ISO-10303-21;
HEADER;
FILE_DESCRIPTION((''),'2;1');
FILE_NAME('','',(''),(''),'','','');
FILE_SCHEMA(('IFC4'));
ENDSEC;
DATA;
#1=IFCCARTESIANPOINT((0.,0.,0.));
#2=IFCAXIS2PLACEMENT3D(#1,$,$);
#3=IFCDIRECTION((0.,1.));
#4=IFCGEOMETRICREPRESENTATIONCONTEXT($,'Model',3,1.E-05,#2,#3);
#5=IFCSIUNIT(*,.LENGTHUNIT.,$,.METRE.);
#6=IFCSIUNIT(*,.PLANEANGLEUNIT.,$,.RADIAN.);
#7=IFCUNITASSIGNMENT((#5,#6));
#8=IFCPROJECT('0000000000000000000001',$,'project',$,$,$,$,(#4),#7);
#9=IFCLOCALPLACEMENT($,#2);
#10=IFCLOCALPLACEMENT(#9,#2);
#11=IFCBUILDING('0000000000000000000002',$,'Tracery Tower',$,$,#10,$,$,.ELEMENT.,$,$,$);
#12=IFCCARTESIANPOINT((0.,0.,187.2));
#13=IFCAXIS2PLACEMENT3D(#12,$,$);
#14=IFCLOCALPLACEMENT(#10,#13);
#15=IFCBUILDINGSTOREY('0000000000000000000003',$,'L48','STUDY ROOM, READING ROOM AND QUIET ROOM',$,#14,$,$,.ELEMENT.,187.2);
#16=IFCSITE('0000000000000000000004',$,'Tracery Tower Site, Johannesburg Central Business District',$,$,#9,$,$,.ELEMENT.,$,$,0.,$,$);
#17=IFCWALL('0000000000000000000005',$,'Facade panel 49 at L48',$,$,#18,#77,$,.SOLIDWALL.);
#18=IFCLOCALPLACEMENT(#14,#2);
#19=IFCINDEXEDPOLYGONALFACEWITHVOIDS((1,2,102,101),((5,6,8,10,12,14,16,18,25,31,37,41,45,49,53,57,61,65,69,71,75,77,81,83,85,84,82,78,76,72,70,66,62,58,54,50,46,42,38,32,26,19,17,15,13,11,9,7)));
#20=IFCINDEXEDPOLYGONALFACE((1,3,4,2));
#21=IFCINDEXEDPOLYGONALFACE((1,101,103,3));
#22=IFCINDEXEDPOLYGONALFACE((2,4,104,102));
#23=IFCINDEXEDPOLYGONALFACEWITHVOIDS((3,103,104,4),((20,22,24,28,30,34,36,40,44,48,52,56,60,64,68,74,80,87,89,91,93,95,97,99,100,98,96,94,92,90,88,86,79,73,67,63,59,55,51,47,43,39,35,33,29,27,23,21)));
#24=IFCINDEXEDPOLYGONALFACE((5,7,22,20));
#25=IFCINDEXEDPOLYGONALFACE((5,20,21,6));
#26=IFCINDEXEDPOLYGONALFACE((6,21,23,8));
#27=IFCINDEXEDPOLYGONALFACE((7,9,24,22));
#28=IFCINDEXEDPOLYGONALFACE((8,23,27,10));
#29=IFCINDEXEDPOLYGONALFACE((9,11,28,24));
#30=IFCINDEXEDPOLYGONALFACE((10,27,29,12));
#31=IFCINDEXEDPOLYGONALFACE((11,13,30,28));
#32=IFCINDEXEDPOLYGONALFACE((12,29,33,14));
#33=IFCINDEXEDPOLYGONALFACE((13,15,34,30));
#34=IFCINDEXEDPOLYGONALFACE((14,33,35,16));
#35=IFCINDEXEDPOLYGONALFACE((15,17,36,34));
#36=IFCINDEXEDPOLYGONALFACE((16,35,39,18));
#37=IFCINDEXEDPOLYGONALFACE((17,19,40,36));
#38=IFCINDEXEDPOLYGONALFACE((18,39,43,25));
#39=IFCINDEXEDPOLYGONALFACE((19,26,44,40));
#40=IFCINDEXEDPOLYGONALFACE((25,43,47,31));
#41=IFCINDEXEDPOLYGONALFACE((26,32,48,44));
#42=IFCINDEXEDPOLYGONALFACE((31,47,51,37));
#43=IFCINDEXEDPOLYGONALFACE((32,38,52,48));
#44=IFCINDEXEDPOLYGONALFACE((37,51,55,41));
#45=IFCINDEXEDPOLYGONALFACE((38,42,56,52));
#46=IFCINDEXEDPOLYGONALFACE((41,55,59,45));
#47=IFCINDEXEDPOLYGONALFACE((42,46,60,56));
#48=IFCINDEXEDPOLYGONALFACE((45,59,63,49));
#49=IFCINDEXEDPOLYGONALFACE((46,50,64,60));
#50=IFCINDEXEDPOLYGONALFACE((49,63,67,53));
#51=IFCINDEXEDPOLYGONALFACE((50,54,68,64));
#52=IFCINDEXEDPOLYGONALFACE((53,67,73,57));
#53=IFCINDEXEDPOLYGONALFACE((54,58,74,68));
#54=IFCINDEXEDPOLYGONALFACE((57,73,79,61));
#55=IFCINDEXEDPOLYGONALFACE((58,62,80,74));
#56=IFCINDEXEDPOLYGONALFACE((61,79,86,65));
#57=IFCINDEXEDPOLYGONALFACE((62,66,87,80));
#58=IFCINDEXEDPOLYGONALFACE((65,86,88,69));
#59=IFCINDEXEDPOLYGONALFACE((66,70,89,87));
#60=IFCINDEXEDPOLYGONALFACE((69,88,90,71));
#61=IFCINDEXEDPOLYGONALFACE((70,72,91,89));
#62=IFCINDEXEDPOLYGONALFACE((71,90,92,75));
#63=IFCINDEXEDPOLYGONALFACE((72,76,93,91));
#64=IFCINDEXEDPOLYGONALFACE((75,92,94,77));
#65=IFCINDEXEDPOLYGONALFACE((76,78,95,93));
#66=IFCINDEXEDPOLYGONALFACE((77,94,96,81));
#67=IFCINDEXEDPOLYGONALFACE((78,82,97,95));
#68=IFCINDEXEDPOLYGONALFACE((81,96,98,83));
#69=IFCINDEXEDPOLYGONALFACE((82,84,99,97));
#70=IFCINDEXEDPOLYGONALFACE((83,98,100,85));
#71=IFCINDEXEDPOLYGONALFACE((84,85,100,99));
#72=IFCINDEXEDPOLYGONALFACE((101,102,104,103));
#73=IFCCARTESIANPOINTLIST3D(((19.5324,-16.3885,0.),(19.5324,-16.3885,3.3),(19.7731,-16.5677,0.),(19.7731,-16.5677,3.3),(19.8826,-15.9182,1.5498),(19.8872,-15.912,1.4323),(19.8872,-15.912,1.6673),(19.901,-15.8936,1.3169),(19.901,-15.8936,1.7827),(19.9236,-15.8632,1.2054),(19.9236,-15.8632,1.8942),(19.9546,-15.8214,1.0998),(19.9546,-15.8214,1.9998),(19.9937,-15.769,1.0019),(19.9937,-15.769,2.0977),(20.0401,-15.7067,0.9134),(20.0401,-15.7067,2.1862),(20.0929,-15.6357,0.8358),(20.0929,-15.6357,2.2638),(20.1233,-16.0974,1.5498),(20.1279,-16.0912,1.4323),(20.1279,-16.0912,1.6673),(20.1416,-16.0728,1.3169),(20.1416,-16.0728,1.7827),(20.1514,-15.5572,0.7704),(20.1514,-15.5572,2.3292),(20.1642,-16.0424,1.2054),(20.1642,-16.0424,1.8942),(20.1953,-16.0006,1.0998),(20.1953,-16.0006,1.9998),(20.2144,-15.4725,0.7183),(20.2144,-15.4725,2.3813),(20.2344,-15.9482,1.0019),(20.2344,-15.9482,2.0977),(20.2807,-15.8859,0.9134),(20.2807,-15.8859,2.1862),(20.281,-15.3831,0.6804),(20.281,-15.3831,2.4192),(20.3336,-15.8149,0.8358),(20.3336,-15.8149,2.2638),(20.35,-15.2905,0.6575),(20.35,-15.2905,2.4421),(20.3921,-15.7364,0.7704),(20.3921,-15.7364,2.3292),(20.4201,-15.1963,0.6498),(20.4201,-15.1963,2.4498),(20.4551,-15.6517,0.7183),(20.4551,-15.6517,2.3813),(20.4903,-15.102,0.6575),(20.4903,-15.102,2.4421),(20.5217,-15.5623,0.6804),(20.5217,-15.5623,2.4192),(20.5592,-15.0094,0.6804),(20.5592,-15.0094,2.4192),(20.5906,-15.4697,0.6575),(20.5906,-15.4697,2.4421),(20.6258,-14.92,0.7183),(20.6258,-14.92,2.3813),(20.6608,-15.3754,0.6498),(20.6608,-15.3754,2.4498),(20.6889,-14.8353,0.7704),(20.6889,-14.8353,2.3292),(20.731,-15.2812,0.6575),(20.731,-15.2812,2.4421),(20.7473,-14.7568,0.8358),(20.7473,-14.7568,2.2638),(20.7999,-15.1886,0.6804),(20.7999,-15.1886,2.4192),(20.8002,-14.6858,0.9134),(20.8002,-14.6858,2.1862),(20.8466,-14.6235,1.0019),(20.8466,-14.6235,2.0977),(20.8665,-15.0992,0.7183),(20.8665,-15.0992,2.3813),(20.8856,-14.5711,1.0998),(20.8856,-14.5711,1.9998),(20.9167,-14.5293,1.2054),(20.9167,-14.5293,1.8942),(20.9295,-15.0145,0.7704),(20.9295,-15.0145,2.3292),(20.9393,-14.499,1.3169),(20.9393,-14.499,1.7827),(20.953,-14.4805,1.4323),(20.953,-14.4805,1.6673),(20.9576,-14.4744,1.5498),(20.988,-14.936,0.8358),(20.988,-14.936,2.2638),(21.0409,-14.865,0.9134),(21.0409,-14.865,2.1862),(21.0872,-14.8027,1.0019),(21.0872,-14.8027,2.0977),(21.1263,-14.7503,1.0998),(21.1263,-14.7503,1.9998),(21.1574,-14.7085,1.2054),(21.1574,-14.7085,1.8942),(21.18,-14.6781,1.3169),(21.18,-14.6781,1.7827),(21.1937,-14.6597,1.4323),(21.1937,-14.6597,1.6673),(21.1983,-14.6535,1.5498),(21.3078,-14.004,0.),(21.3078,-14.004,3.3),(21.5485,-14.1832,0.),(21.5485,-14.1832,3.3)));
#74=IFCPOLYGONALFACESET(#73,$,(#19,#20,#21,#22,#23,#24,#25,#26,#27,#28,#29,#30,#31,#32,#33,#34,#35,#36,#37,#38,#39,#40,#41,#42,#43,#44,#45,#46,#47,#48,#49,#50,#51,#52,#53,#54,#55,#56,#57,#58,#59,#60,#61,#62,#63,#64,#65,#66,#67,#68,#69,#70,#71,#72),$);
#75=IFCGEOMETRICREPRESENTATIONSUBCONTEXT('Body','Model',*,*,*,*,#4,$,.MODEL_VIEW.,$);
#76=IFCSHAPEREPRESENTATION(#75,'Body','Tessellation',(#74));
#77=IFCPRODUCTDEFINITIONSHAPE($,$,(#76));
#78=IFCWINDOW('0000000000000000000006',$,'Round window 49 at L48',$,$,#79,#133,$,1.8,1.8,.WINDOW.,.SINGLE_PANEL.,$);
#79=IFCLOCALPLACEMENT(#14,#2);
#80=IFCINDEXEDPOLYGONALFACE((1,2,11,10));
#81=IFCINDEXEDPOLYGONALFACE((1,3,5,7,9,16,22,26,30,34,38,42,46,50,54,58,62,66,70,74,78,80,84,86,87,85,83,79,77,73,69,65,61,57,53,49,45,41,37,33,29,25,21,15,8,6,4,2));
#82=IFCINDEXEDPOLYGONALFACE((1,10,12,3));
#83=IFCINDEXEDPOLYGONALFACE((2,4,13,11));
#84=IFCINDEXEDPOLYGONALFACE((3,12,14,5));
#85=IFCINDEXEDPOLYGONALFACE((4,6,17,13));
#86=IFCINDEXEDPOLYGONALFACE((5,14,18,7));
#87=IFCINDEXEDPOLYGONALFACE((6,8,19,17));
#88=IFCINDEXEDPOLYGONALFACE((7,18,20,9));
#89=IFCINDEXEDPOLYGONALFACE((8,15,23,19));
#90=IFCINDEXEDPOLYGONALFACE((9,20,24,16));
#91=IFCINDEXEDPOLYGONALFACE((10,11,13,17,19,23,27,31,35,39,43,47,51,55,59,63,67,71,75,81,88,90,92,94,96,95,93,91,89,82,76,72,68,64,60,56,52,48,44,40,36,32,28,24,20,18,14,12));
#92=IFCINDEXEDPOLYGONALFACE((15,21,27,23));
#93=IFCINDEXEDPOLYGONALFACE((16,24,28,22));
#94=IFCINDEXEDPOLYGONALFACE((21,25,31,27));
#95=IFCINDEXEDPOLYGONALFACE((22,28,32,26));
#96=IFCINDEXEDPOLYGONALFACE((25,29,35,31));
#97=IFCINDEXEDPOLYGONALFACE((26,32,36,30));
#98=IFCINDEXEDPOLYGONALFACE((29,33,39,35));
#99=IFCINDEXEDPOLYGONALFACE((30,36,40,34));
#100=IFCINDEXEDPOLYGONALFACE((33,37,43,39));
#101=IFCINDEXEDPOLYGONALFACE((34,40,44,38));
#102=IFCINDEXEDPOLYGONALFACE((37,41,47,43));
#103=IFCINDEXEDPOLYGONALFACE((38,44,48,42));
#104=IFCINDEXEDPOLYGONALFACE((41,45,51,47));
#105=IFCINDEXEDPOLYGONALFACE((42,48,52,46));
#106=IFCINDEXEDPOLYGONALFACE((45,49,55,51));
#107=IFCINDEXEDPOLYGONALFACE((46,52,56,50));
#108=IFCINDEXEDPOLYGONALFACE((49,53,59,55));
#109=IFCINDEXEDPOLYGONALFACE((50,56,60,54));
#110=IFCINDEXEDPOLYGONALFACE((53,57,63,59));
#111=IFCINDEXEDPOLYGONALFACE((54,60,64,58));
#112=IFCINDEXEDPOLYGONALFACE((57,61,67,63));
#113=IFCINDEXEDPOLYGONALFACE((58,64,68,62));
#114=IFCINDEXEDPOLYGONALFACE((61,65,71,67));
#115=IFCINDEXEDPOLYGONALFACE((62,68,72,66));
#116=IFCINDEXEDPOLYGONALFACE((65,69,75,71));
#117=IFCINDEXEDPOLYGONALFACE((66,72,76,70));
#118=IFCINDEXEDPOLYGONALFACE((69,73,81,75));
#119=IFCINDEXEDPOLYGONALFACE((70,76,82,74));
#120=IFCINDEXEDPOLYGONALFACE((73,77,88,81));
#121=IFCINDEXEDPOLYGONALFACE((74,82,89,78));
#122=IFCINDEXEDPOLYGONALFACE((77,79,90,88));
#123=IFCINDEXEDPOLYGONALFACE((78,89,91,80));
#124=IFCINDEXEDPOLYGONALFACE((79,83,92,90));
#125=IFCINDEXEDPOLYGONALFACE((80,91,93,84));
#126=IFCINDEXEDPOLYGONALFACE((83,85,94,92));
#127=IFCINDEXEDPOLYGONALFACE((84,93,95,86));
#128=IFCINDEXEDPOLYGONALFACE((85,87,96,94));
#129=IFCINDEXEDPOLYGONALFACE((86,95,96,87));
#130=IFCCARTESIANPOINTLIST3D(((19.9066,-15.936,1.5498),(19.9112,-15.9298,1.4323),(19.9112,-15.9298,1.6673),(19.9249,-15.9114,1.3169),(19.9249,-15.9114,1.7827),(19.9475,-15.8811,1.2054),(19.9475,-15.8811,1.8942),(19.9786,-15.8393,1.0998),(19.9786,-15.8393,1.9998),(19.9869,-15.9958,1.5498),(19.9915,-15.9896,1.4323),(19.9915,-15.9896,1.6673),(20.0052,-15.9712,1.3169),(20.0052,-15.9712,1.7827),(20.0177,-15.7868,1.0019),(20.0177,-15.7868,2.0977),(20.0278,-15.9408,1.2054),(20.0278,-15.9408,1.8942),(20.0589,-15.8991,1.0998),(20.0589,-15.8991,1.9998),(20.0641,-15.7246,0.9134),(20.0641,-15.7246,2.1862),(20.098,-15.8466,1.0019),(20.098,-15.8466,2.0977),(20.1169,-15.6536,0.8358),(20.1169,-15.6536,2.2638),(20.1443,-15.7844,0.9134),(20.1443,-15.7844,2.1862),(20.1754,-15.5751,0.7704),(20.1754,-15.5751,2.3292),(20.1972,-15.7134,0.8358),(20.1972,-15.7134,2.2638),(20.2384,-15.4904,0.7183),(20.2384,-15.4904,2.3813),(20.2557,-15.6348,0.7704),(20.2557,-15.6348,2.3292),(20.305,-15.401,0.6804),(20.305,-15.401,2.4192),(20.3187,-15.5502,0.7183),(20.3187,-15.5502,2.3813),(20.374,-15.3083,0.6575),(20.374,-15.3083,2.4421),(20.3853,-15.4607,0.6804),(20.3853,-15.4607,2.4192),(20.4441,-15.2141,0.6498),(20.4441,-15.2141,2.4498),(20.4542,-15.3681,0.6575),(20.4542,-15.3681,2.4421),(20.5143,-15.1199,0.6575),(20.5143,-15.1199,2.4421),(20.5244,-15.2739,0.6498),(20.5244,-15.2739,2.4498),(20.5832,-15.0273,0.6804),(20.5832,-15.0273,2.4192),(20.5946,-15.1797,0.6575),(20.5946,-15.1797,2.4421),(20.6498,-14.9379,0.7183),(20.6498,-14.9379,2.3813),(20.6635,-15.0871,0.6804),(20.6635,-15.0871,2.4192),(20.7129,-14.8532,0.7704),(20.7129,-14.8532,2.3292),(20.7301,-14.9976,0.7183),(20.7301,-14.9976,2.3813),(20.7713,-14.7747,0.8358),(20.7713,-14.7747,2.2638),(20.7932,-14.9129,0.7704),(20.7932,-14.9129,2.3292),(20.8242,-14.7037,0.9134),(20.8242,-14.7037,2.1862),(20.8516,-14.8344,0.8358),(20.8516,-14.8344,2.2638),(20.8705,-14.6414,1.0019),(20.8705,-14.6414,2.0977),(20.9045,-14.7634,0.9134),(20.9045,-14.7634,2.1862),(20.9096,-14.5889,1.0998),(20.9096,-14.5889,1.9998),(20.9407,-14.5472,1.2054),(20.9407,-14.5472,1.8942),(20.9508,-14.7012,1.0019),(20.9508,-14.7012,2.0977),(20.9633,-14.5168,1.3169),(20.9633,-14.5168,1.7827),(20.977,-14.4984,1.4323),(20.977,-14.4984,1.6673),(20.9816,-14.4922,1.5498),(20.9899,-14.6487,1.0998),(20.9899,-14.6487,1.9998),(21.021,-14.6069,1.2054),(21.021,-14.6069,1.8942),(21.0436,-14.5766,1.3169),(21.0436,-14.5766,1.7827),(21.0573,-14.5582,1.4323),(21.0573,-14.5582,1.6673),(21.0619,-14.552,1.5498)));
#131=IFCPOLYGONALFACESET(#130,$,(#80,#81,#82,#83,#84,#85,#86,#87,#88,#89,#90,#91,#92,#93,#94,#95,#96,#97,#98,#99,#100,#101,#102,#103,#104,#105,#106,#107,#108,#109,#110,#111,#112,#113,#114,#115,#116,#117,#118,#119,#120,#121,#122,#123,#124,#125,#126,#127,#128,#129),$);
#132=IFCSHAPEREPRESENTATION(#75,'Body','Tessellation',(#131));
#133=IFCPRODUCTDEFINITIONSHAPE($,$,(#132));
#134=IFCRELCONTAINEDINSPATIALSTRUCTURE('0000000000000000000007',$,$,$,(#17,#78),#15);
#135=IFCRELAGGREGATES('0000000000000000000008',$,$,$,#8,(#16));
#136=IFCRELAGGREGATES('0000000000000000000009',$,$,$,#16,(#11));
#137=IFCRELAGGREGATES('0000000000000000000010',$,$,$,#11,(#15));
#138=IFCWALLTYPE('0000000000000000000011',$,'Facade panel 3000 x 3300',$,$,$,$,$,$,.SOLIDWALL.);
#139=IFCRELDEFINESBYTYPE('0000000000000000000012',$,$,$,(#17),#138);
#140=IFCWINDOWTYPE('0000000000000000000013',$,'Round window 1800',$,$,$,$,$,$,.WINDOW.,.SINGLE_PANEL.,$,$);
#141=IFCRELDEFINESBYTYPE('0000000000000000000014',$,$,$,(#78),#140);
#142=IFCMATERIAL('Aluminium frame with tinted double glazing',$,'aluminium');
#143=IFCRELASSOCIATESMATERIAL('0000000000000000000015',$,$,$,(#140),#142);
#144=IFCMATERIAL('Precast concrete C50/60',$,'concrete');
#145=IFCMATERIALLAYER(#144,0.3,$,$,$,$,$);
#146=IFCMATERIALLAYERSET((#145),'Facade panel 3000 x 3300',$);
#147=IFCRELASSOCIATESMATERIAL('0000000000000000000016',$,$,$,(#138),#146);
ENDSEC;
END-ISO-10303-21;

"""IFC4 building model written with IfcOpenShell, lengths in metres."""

from ifc_helpers import new_model, si_unit, direction, frame, frame_2d, origin, origin_2d, place, context, subcontext, project, spatial, rectangle, circle, extrude, material, layer, layer_set, type_object, element, fill, save


model = new_model("IFC4")

# Units and contexts
model_context = context("Model", 3, precision=1e-05, world=origin(), true_north=direction((0.0, 1.0)))
body_context = subcontext(model_context, "Body", "Model", "MODEL_VIEW")
ifc_project = project(units=[si_unit("LENGTHUNIT", "METRE"), si_unit("PLANEANGLEUNIT", "RADIAN")], contexts=[model_context])

# Site, building, storey
site_placement = place(None, origin())
site = spatial("IfcSite", under=ifc_project, at=site_placement, Name="Tracery Tower Site, Johannesburg Central Business District", CompositionType="ELEMENT", RefElevation=0.0)
building_placement = place(site_placement, origin())
building = spatial("IfcBuilding", under=site, at=building_placement, Name="Tracery Tower", CompositionType="ELEMENT")
storey_placement = place(building_placement, frame((0.0, 0.0, 187.2)))
storey = spatial("IfcBuildingStorey", under=building, at=storey_placement, Name="L48", Description="STUDY ROOM, READING ROOM AND QUIET ROOM", CompositionType="ELEMENT", Elevation=187.2)

# Wall, opening, window
ifc_material_1 = material(Name="Aluminium frame with tinted double glazing", Category="aluminium")
window_type = type_object("IfcWindowType", Name="Round window 1800", PartitioningType="SINGLE_PANEL", PredefinedType="WINDOW", material=ifc_material_1)
ifc_material_2 = material(Name="Precast concrete C50/60", Category="concrete")
ifc_layer_1 = layer(ifc_material_2, 0.3)
ifc_layer_set_1 = layer_set([ifc_layer_1], Name="Facade panel 3000 x 3300")
wall_type_1 = type_object("IfcWallType", Name="Facade panel 3000 x 3300", PredefinedType="SOLIDWALL", material=ifc_layer_set_1)
wall_1_placement = place(storey_placement, frame((19.6528, -16.478, 0.0), z_axis=(0.0, 0.0, 1.0), x_axis=(0.597198, 0.802094, 0.0)))
wall_1 = element("IfcWall", 1, at=wall_1_placement, inside=storey, type_object=wall_type_1, Name="Facade panel 49 at L48", PredefinedType="SOLIDWALL", context=body_context, shape_type="SweptSolid", body=[
    extrude(rectangle(XDim=2.9729, YDim=0.3, at=frame_2d((1.4863, 0.0))), origin(), (0.0, 0.0, 1.0), 3.3),
])
opening_1_placement = place(wall_1_placement, frame((1.4863, 0.0, 1.5498)))
opening_1 = element("IfcOpeningElement", 2, at=opening_1_placement, cuts=wall_1, PredefinedType="OPENING", context=body_context, shape_type="SweptSolid", body=[
    extrude(circle(Radius=0.9, at=origin_2d()), frame((0.0, 0.1599, 0.0), z_axis=(0.0, -1.0, 0.0), x_axis=(1.0, 0.0, 0.0)), (0.0, 0.0, 1.0), 0.3201),
])
window_1_placement = place(opening_1_placement, origin())
window_1 = element("IfcWindow", 3, at=window_1_placement, inside=storey, type_object=window_type, Name="Round window 49 at L48", OverallHeight=1.8, OverallWidth=1.8, PartitioningType="SINGLE_PANEL", PredefinedType="WINDOW", context=body_context, shape_type="SweptSolid", body=[
    extrude(circle(Radius=0.9, at=origin_2d()), frame((0.0, 0.1201, 0.0), z_axis=(0.0, -1.0, 0.0), x_axis=(1.0, 0.0, 0.0)), (0.0, 0.0, 1.0), 0.1001),
])
fill(opening_1, window_1)

save(model, "model.ifc")
